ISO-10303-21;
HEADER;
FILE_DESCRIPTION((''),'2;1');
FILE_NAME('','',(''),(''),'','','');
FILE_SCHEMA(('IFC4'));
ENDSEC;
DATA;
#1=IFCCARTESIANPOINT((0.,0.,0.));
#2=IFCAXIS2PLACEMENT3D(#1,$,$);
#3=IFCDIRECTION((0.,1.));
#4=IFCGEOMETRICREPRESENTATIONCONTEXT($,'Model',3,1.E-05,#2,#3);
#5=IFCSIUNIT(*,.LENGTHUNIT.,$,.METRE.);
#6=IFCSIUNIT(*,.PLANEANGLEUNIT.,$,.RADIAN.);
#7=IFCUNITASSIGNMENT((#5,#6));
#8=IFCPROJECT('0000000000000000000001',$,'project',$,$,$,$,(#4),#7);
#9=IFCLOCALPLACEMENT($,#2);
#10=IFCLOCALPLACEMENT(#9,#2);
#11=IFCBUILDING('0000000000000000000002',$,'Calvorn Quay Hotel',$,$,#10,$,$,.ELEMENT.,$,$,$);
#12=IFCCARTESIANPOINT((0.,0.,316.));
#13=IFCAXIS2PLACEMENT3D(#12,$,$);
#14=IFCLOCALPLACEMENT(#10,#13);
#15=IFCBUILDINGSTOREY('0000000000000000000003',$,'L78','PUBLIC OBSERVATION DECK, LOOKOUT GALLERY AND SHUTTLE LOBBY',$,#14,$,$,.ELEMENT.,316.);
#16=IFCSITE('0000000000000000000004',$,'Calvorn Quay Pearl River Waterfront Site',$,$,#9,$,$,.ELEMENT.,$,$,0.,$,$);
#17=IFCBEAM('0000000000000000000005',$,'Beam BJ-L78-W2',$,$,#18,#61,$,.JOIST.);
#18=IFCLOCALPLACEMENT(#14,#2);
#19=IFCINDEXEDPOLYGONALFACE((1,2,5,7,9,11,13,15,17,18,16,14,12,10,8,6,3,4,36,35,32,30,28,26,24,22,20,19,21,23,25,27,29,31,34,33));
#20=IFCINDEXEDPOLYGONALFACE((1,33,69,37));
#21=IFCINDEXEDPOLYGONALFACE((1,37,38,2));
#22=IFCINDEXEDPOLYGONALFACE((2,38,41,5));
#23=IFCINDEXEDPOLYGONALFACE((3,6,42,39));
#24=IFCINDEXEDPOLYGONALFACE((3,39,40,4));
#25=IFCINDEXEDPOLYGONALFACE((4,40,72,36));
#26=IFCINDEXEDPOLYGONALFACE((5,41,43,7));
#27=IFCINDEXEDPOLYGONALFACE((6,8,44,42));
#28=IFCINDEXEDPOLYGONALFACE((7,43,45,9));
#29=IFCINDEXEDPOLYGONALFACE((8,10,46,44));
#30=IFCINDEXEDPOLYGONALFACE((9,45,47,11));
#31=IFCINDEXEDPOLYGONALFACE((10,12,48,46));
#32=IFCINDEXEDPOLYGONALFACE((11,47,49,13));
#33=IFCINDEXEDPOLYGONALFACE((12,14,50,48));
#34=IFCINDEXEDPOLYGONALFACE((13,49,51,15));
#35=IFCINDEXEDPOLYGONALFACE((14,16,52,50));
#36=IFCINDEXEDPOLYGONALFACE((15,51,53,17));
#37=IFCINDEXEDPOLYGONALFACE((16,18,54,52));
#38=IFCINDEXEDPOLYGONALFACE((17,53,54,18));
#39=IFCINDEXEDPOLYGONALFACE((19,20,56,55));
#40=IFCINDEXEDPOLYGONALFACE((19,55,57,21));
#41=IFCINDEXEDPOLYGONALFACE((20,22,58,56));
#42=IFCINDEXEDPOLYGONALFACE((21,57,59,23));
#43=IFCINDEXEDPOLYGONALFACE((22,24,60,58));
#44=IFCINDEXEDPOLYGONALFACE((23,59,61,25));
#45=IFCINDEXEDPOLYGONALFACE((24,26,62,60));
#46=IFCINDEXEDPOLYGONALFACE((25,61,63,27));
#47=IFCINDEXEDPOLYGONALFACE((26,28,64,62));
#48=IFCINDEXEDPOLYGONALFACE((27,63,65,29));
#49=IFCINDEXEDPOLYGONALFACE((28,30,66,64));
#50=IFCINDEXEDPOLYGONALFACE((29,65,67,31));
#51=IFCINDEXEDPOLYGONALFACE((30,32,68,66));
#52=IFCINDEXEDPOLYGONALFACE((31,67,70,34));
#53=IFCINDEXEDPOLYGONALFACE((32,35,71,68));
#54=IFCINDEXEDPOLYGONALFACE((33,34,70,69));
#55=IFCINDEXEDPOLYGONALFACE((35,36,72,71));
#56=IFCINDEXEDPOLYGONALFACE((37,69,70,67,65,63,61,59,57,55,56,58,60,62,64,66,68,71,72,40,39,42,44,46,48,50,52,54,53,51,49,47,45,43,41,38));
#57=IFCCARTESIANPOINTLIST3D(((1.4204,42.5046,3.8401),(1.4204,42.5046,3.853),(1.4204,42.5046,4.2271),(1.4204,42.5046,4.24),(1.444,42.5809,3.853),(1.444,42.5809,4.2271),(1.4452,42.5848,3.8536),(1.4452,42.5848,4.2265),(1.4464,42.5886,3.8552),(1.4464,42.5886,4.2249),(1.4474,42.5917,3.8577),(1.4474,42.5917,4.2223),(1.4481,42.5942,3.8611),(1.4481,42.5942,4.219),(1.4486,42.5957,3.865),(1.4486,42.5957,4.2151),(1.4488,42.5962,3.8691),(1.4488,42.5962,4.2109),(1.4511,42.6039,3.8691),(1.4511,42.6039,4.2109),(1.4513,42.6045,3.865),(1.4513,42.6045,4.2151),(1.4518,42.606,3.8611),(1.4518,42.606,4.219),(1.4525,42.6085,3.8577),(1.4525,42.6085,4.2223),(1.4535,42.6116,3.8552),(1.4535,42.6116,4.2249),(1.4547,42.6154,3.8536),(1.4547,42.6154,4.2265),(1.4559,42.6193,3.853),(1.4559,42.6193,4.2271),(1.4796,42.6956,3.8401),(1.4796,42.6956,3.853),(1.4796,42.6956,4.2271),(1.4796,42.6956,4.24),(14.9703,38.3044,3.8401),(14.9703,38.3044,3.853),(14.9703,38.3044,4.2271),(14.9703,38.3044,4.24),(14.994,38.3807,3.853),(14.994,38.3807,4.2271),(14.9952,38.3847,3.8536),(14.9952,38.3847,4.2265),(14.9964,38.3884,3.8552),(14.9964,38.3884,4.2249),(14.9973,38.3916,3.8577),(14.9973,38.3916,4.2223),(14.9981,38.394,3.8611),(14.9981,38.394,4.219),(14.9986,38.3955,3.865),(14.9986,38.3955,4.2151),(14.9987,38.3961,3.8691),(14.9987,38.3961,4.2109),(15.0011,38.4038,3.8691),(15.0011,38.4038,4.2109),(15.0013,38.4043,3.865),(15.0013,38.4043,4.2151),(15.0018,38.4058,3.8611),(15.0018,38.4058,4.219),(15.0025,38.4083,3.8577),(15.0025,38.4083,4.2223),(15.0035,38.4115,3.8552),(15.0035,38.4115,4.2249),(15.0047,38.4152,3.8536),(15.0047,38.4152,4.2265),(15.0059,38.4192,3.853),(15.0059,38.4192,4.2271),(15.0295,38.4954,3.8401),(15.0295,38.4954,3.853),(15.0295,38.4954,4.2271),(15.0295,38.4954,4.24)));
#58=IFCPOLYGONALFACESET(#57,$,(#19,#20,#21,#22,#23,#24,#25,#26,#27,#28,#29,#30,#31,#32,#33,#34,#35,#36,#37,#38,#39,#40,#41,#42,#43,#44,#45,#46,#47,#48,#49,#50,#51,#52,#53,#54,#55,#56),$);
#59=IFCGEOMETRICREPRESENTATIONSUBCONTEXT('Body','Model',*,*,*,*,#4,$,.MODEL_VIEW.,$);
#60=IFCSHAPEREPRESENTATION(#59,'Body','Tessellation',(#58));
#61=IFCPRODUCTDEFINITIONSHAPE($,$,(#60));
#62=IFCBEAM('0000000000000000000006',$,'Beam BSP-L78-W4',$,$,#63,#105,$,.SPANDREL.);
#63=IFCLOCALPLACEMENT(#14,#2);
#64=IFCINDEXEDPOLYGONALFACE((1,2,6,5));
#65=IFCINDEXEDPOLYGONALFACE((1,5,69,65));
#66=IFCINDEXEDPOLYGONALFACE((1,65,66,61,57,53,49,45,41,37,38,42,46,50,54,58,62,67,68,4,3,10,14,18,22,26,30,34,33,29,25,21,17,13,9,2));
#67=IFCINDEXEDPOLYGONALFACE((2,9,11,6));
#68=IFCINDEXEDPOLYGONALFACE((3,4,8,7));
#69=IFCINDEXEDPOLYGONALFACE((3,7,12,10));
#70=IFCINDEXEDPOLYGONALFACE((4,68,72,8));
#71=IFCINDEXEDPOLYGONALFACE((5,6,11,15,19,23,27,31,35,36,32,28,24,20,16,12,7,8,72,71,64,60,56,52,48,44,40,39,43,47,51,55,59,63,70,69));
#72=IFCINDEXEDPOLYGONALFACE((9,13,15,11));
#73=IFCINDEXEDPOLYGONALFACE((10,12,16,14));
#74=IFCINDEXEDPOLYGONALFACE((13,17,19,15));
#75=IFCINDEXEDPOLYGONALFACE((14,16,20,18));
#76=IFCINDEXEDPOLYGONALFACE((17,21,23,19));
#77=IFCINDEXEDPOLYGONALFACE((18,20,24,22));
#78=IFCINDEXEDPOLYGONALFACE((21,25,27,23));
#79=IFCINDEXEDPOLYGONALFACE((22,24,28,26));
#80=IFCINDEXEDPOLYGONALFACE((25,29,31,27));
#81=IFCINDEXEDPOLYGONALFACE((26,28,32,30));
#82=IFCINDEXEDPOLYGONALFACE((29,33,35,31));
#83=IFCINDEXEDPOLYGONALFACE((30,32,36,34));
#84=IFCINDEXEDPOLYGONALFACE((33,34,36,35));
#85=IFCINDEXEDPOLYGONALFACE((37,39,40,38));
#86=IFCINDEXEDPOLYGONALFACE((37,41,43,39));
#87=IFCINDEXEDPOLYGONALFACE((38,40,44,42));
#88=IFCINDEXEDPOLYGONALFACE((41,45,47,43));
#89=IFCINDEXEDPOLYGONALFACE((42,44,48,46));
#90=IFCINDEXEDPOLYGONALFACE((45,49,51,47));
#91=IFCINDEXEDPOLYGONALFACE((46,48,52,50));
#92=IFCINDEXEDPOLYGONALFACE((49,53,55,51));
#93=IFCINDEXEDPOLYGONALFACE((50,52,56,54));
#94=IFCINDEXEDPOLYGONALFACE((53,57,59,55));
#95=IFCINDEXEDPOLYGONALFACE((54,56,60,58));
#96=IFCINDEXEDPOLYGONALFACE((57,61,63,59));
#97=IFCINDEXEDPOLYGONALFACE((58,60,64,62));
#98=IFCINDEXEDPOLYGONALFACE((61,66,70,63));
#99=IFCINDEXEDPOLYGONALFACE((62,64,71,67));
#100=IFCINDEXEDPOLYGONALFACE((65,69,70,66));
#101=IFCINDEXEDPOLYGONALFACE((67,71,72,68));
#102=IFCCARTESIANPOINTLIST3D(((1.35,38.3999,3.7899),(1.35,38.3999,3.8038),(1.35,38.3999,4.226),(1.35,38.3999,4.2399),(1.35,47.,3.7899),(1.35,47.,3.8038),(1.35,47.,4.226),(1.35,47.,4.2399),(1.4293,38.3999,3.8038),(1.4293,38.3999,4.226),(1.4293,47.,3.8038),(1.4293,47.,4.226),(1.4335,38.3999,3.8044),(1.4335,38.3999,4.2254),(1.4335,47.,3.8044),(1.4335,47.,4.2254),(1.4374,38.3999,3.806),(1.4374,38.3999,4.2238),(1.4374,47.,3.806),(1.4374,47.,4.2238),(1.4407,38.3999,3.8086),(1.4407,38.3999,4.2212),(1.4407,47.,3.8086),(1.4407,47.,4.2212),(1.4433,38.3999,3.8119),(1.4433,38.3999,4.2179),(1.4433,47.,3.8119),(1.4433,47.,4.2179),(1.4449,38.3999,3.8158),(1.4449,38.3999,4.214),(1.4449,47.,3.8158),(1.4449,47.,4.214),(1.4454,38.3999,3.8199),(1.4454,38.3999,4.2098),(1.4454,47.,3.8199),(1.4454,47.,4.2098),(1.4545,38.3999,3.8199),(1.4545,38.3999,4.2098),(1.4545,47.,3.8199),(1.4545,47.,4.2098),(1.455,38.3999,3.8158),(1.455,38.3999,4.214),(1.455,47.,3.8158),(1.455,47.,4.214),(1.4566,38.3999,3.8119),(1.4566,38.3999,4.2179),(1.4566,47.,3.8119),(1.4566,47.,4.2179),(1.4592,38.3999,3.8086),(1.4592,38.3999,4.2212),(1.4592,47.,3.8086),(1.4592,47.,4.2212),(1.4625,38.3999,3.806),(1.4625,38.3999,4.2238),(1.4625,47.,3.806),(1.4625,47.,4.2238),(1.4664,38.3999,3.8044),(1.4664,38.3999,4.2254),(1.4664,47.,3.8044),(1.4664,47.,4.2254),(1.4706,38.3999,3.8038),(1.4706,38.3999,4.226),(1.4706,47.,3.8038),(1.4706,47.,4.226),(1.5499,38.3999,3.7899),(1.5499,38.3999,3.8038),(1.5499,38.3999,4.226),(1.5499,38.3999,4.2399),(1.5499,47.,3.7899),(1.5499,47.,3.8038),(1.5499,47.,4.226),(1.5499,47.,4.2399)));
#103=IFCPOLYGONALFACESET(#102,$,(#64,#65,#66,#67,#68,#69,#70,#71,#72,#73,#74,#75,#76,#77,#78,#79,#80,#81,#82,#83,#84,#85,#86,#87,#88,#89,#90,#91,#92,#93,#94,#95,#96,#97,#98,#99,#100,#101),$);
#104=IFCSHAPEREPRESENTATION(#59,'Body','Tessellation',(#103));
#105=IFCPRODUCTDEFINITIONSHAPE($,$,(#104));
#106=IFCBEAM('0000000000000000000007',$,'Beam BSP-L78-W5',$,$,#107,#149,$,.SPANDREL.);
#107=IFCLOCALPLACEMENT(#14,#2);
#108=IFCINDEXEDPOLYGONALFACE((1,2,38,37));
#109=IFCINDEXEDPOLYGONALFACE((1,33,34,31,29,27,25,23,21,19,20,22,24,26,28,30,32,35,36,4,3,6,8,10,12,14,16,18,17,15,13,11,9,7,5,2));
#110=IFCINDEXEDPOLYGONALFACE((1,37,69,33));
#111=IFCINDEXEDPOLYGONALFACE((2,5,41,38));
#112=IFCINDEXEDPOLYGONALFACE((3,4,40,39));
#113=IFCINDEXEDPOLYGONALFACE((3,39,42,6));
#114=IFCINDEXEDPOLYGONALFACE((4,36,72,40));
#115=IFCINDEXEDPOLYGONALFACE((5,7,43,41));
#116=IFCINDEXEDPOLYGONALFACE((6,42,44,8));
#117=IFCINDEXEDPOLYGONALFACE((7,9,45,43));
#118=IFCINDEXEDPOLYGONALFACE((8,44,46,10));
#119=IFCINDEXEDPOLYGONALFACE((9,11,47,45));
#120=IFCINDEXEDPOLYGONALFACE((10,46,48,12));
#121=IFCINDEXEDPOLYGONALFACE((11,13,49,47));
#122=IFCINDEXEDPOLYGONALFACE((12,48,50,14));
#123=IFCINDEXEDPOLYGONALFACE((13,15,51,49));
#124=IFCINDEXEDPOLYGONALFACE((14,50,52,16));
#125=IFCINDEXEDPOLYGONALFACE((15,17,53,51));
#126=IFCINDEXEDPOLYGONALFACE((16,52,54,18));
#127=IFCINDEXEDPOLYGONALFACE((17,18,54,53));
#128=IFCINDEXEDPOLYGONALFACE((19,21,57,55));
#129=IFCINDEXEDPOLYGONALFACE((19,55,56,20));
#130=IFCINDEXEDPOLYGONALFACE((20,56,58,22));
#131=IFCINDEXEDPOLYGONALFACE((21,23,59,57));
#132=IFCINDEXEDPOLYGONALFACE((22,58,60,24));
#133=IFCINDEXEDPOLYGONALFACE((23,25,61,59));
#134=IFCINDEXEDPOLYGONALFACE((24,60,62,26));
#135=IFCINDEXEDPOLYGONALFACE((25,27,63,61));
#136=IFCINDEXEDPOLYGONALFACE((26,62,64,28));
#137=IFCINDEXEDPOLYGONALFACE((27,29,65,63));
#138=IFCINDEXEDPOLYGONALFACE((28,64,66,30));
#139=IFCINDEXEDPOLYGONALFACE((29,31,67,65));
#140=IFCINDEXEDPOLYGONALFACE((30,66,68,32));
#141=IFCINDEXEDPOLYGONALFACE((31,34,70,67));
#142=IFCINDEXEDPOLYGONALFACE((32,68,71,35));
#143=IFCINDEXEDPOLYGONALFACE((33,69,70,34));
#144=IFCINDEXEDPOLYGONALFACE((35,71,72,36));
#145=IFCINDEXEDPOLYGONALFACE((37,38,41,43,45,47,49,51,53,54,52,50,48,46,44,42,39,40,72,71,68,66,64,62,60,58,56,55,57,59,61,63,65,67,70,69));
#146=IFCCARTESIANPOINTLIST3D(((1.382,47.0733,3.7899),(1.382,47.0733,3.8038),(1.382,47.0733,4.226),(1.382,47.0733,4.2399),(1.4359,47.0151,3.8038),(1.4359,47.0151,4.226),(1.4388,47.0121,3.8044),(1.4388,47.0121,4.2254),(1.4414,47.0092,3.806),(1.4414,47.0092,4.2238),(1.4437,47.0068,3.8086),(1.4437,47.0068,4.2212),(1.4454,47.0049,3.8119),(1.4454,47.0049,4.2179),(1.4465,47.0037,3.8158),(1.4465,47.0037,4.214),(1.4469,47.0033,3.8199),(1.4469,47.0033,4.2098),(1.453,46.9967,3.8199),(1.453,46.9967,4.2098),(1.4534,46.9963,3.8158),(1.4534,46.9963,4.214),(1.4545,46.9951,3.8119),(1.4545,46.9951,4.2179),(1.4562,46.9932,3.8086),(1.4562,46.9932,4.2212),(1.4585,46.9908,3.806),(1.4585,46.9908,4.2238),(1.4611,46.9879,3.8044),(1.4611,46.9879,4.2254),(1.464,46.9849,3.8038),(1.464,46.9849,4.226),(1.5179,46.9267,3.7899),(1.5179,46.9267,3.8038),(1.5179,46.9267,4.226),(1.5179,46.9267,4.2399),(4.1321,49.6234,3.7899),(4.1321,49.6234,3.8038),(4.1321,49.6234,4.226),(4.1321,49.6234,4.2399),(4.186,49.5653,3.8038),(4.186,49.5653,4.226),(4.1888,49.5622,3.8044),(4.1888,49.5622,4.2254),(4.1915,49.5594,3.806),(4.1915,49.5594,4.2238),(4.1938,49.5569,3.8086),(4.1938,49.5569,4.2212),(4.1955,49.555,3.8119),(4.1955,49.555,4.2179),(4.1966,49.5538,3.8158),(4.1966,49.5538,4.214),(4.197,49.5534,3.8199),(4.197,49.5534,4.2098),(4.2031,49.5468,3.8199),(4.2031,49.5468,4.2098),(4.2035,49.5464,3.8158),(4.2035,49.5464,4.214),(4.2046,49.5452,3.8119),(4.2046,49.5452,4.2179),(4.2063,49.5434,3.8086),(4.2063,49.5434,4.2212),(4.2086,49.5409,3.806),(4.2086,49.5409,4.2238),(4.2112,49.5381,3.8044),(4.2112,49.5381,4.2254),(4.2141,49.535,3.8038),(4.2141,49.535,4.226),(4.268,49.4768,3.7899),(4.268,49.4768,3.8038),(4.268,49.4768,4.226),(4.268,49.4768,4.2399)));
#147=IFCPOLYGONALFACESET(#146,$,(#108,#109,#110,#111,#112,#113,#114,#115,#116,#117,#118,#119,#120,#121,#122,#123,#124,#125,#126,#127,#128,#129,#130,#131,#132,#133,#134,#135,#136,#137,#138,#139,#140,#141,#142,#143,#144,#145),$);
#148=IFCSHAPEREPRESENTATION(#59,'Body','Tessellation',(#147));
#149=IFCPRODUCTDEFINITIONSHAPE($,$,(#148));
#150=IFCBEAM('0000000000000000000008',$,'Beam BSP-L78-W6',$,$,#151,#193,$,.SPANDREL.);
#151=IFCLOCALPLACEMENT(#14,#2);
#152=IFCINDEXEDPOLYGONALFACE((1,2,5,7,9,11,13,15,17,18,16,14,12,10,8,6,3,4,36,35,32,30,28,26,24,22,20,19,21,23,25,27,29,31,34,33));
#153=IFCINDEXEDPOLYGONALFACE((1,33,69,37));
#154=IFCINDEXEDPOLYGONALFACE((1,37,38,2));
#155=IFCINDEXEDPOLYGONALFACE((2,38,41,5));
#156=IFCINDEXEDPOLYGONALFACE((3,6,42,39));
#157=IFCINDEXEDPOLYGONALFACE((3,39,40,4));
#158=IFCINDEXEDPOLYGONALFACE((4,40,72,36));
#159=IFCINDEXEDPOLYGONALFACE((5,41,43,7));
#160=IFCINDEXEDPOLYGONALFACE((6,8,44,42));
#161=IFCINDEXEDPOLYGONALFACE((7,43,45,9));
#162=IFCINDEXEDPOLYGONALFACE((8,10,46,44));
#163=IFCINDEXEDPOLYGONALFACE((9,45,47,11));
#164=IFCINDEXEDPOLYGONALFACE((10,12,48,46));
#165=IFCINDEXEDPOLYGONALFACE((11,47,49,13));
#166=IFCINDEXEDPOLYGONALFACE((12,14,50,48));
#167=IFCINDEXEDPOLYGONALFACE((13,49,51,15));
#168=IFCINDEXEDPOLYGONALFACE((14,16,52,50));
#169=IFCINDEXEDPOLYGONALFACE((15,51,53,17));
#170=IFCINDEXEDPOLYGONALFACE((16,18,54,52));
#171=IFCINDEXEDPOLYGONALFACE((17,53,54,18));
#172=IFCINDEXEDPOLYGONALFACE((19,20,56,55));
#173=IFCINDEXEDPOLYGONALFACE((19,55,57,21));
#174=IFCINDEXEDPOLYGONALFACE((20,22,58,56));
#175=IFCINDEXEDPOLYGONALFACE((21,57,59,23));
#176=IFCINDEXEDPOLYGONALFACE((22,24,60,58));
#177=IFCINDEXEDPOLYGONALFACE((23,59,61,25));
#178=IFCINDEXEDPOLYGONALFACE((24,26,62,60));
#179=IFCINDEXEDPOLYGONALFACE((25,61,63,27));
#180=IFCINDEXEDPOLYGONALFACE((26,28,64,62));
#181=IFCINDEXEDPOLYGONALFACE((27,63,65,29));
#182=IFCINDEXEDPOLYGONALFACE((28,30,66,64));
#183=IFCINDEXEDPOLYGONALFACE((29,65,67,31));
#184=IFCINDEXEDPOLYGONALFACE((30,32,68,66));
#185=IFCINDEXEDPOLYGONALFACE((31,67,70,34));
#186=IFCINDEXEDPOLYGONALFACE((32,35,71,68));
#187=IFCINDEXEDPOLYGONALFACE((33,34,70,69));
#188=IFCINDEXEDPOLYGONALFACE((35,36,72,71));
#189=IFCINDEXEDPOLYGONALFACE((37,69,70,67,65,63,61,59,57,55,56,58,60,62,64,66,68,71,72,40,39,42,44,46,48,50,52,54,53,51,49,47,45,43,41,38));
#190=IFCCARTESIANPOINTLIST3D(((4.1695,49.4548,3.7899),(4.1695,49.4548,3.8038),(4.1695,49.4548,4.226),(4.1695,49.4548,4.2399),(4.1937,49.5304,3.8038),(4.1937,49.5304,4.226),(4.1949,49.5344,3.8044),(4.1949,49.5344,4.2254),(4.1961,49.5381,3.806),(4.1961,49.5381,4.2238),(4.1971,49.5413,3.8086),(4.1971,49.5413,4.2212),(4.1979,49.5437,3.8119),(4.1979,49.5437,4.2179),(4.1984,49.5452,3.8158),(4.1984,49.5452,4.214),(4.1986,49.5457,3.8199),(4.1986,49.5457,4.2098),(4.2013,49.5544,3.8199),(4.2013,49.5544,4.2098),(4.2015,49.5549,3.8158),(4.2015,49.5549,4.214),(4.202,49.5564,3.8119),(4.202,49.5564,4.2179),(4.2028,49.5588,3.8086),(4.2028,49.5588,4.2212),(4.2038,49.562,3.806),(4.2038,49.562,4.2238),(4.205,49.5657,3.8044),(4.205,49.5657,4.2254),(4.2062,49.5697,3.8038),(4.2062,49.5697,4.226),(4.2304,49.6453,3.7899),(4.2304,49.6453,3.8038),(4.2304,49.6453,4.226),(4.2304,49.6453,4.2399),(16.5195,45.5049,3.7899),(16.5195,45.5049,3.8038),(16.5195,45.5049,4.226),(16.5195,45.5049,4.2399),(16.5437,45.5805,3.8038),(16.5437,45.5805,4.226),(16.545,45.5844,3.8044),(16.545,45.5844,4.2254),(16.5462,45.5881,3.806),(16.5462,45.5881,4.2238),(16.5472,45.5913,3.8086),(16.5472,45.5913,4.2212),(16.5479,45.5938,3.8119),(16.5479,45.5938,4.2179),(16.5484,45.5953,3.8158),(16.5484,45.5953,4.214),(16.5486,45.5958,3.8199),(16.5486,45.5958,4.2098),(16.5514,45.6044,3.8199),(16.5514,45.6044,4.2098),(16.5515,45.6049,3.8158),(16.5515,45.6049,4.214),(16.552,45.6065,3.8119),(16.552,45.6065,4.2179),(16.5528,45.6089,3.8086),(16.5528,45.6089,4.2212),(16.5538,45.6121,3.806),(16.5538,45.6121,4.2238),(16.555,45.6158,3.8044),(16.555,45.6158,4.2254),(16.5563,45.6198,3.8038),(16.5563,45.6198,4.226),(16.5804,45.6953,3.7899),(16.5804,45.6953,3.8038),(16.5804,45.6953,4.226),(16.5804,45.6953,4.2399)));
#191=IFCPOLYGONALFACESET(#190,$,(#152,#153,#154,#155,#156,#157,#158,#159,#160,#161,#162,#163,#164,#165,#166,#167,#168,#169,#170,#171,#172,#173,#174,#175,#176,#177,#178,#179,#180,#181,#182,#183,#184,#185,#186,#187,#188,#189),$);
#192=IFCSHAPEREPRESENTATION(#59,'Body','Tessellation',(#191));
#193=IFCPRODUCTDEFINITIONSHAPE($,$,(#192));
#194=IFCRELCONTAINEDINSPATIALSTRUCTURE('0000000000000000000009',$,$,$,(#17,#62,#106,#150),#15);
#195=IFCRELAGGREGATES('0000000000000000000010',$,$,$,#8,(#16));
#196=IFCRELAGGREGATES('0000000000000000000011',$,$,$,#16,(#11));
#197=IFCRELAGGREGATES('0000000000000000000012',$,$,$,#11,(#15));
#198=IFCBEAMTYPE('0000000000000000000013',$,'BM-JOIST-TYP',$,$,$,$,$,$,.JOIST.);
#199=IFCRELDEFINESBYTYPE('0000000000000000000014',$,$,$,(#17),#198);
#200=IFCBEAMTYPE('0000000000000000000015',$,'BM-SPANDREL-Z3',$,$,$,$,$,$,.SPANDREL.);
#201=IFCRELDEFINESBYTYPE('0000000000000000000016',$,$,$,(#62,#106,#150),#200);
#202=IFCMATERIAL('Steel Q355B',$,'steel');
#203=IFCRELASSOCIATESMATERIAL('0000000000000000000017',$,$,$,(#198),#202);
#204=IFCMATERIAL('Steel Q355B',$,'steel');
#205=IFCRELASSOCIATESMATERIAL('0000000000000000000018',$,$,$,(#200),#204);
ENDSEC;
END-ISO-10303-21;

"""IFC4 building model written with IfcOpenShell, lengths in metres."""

from ifc_helpers import new_model, si_unit, direction, frame, origin, origin_2d, place, context, subcontext, project, spatial, i_section, extrude, material, material_profile, profile_set, type_object, element, save


model = new_model("IFC4")

# Units and contexts
model_context = context("Model", 3, precision=1e-05, world=origin(), true_north=direction((0.0, 1.0)))
body_context = subcontext(model_context, "Body", "Model", "MODEL_VIEW")
ifc_project = project(units=[si_unit("LENGTHUNIT", "METRE"), si_unit("PLANEANGLEUNIT", "RADIAN")], contexts=[model_context])

# Site, building, storey
site_placement = place(None, origin())
site = spatial("IfcSite", under=ifc_project, at=site_placement, Name="Calvorn Quay Pearl River Waterfront Site", CompositionType="ELEMENT", RefElevation=0.0)
building_placement = place(site_placement, origin())
building = spatial("IfcBuilding", under=site, at=building_placement, Name="Calvorn Quay Hotel", CompositionType="ELEMENT")
storey_placement = place(building_placement, frame((0.0, 0.0, 316.0)))
storey = spatial("IfcBuildingStorey", under=building, at=storey_placement, Name="L78", Description="PUBLIC OBSERVATION DECK, LOOKOUT GALLERY AND SHUTTLE LOBBY", CompositionType="ELEMENT", Elevation=316.0)

# Beams
ifc_material_1 = material(Name="Steel Q355B", Category="steel")
ifc_material_profile_1 = material_profile(ifc_material_1, i_section(OverallWidth=0.2, OverallDepth=0.3999, WebThickness=0.0081, FlangeThickness=0.0129, FilletRadius=0.0161, at=origin_2d()), Name="HN400x200x8x13")
ifc_profile_set_1 = profile_set([ifc_material_profile_1], Name="Steel Q355B")
beam_type_1 = type_object("IfcBeamType", Name="BM-JOIST-TYP", PredefinedType="JOIST", material=ifc_profile_set_1)
beam_1_placement = place(storey_placement, frame((1.45, 42.6001, 4.04), z_axis=(0.955164, -0.296078, 0.0), x_axis=(0.296078, 0.955164, 0.0)))
element("IfcBeam", 1, at=beam_1_placement, inside=storey, type_object=beam_type_1, Name="Beam BJ-L78-W2", PredefinedType="JOIST", context=body_context, shape_type="SweptSolid", body=[
    extrude(i_section(OverallWidth=0.2, OverallDepth=0.3999, WebThickness=0.0081, FlangeThickness=0.0129, FilletRadius=0.0161, at=origin_2d()), origin(), (0.0, 0.0, 1.0), 14.186),
])
ifc_material_2 = material(Name="Steel Q355B", Category="steel")
ifc_material_profile_2 = material_profile(ifc_material_2, i_section(OverallWidth=0.2, OverallDepth=0.45, WebThickness=0.009, FlangeThickness=0.0139, FilletRadius=0.0161, at=origin_2d()), Name="HN450x200x9x14")
ifc_profile_set_2 = profile_set([ifc_material_profile_2], Name="Steel Q355B")
beam_type_2 = type_object("IfcBeamType", Name="BM-SPANDREL-Z3", PredefinedType="SPANDREL", material=ifc_profile_set_2)
beam_2_placement = place(storey_placement, frame((1.45, 38.3999, 4.0149), z_axis=(0.0, 1.0, 0.0), x_axis=(-1.0, 0.0, 0.0)))
element("IfcBeam", 2, at=beam_2_placement, inside=storey, type_object=beam_type_2, Name="Beam BSP-L78-W4", PredefinedType="SPANDREL", context=body_context, shape_type="SweptSolid", body=[
    extrude(i_section(OverallWidth=0.2, OverallDepth=0.45, WebThickness=0.009, FlangeThickness=0.0139, FilletRadius=0.0161, at=origin_2d()), origin(), (0.0, 0.0, 1.0), 8.6001),
])
beam_3_placement = place(storey_placement, frame((1.45, 47.0, 4.0149), z_axis=(0.733262, 0.679947, 0.0), x_axis=(-0.679947, 0.733262, 0.0)))
element("IfcBeam", 3, at=beam_3_placement, inside=storey, type_object=beam_type_2, Name="Beam BSP-L78-W5", PredefinedType="SPANDREL", context=body_context, shape_type="SweptSolid", body=[
    extrude(i_section(OverallWidth=0.2, OverallDepth=0.45, WebThickness=0.009, FlangeThickness=0.0139, FilletRadius=0.0161, at=origin_2d()), origin(), (0.0, 0.0, 1.0), 3.7505),
])
beam_4_placement = place(storey_placement, frame((4.2, 49.55, 4.0149), z_axis=(0.952471, -0.30463, 0.0), x_axis=(0.30463, 0.952471, 0.0)))
element("IfcBeam", 4, at=beam_4_placement, inside=storey, type_object=beam_type_2, Name="Beam BSP-L78-W6", PredefinedType="SPANDREL", context=body_context, shape_type="SweptSolid", body=[
    extrude(i_section(OverallWidth=0.2, OverallDepth=0.45, WebThickness=0.009, FlangeThickness=0.0139, FilletRadius=0.0161, at=origin_2d()), origin(), (0.0, 0.0, 1.0), 12.9663),
])

save(model, "model.ifc")
